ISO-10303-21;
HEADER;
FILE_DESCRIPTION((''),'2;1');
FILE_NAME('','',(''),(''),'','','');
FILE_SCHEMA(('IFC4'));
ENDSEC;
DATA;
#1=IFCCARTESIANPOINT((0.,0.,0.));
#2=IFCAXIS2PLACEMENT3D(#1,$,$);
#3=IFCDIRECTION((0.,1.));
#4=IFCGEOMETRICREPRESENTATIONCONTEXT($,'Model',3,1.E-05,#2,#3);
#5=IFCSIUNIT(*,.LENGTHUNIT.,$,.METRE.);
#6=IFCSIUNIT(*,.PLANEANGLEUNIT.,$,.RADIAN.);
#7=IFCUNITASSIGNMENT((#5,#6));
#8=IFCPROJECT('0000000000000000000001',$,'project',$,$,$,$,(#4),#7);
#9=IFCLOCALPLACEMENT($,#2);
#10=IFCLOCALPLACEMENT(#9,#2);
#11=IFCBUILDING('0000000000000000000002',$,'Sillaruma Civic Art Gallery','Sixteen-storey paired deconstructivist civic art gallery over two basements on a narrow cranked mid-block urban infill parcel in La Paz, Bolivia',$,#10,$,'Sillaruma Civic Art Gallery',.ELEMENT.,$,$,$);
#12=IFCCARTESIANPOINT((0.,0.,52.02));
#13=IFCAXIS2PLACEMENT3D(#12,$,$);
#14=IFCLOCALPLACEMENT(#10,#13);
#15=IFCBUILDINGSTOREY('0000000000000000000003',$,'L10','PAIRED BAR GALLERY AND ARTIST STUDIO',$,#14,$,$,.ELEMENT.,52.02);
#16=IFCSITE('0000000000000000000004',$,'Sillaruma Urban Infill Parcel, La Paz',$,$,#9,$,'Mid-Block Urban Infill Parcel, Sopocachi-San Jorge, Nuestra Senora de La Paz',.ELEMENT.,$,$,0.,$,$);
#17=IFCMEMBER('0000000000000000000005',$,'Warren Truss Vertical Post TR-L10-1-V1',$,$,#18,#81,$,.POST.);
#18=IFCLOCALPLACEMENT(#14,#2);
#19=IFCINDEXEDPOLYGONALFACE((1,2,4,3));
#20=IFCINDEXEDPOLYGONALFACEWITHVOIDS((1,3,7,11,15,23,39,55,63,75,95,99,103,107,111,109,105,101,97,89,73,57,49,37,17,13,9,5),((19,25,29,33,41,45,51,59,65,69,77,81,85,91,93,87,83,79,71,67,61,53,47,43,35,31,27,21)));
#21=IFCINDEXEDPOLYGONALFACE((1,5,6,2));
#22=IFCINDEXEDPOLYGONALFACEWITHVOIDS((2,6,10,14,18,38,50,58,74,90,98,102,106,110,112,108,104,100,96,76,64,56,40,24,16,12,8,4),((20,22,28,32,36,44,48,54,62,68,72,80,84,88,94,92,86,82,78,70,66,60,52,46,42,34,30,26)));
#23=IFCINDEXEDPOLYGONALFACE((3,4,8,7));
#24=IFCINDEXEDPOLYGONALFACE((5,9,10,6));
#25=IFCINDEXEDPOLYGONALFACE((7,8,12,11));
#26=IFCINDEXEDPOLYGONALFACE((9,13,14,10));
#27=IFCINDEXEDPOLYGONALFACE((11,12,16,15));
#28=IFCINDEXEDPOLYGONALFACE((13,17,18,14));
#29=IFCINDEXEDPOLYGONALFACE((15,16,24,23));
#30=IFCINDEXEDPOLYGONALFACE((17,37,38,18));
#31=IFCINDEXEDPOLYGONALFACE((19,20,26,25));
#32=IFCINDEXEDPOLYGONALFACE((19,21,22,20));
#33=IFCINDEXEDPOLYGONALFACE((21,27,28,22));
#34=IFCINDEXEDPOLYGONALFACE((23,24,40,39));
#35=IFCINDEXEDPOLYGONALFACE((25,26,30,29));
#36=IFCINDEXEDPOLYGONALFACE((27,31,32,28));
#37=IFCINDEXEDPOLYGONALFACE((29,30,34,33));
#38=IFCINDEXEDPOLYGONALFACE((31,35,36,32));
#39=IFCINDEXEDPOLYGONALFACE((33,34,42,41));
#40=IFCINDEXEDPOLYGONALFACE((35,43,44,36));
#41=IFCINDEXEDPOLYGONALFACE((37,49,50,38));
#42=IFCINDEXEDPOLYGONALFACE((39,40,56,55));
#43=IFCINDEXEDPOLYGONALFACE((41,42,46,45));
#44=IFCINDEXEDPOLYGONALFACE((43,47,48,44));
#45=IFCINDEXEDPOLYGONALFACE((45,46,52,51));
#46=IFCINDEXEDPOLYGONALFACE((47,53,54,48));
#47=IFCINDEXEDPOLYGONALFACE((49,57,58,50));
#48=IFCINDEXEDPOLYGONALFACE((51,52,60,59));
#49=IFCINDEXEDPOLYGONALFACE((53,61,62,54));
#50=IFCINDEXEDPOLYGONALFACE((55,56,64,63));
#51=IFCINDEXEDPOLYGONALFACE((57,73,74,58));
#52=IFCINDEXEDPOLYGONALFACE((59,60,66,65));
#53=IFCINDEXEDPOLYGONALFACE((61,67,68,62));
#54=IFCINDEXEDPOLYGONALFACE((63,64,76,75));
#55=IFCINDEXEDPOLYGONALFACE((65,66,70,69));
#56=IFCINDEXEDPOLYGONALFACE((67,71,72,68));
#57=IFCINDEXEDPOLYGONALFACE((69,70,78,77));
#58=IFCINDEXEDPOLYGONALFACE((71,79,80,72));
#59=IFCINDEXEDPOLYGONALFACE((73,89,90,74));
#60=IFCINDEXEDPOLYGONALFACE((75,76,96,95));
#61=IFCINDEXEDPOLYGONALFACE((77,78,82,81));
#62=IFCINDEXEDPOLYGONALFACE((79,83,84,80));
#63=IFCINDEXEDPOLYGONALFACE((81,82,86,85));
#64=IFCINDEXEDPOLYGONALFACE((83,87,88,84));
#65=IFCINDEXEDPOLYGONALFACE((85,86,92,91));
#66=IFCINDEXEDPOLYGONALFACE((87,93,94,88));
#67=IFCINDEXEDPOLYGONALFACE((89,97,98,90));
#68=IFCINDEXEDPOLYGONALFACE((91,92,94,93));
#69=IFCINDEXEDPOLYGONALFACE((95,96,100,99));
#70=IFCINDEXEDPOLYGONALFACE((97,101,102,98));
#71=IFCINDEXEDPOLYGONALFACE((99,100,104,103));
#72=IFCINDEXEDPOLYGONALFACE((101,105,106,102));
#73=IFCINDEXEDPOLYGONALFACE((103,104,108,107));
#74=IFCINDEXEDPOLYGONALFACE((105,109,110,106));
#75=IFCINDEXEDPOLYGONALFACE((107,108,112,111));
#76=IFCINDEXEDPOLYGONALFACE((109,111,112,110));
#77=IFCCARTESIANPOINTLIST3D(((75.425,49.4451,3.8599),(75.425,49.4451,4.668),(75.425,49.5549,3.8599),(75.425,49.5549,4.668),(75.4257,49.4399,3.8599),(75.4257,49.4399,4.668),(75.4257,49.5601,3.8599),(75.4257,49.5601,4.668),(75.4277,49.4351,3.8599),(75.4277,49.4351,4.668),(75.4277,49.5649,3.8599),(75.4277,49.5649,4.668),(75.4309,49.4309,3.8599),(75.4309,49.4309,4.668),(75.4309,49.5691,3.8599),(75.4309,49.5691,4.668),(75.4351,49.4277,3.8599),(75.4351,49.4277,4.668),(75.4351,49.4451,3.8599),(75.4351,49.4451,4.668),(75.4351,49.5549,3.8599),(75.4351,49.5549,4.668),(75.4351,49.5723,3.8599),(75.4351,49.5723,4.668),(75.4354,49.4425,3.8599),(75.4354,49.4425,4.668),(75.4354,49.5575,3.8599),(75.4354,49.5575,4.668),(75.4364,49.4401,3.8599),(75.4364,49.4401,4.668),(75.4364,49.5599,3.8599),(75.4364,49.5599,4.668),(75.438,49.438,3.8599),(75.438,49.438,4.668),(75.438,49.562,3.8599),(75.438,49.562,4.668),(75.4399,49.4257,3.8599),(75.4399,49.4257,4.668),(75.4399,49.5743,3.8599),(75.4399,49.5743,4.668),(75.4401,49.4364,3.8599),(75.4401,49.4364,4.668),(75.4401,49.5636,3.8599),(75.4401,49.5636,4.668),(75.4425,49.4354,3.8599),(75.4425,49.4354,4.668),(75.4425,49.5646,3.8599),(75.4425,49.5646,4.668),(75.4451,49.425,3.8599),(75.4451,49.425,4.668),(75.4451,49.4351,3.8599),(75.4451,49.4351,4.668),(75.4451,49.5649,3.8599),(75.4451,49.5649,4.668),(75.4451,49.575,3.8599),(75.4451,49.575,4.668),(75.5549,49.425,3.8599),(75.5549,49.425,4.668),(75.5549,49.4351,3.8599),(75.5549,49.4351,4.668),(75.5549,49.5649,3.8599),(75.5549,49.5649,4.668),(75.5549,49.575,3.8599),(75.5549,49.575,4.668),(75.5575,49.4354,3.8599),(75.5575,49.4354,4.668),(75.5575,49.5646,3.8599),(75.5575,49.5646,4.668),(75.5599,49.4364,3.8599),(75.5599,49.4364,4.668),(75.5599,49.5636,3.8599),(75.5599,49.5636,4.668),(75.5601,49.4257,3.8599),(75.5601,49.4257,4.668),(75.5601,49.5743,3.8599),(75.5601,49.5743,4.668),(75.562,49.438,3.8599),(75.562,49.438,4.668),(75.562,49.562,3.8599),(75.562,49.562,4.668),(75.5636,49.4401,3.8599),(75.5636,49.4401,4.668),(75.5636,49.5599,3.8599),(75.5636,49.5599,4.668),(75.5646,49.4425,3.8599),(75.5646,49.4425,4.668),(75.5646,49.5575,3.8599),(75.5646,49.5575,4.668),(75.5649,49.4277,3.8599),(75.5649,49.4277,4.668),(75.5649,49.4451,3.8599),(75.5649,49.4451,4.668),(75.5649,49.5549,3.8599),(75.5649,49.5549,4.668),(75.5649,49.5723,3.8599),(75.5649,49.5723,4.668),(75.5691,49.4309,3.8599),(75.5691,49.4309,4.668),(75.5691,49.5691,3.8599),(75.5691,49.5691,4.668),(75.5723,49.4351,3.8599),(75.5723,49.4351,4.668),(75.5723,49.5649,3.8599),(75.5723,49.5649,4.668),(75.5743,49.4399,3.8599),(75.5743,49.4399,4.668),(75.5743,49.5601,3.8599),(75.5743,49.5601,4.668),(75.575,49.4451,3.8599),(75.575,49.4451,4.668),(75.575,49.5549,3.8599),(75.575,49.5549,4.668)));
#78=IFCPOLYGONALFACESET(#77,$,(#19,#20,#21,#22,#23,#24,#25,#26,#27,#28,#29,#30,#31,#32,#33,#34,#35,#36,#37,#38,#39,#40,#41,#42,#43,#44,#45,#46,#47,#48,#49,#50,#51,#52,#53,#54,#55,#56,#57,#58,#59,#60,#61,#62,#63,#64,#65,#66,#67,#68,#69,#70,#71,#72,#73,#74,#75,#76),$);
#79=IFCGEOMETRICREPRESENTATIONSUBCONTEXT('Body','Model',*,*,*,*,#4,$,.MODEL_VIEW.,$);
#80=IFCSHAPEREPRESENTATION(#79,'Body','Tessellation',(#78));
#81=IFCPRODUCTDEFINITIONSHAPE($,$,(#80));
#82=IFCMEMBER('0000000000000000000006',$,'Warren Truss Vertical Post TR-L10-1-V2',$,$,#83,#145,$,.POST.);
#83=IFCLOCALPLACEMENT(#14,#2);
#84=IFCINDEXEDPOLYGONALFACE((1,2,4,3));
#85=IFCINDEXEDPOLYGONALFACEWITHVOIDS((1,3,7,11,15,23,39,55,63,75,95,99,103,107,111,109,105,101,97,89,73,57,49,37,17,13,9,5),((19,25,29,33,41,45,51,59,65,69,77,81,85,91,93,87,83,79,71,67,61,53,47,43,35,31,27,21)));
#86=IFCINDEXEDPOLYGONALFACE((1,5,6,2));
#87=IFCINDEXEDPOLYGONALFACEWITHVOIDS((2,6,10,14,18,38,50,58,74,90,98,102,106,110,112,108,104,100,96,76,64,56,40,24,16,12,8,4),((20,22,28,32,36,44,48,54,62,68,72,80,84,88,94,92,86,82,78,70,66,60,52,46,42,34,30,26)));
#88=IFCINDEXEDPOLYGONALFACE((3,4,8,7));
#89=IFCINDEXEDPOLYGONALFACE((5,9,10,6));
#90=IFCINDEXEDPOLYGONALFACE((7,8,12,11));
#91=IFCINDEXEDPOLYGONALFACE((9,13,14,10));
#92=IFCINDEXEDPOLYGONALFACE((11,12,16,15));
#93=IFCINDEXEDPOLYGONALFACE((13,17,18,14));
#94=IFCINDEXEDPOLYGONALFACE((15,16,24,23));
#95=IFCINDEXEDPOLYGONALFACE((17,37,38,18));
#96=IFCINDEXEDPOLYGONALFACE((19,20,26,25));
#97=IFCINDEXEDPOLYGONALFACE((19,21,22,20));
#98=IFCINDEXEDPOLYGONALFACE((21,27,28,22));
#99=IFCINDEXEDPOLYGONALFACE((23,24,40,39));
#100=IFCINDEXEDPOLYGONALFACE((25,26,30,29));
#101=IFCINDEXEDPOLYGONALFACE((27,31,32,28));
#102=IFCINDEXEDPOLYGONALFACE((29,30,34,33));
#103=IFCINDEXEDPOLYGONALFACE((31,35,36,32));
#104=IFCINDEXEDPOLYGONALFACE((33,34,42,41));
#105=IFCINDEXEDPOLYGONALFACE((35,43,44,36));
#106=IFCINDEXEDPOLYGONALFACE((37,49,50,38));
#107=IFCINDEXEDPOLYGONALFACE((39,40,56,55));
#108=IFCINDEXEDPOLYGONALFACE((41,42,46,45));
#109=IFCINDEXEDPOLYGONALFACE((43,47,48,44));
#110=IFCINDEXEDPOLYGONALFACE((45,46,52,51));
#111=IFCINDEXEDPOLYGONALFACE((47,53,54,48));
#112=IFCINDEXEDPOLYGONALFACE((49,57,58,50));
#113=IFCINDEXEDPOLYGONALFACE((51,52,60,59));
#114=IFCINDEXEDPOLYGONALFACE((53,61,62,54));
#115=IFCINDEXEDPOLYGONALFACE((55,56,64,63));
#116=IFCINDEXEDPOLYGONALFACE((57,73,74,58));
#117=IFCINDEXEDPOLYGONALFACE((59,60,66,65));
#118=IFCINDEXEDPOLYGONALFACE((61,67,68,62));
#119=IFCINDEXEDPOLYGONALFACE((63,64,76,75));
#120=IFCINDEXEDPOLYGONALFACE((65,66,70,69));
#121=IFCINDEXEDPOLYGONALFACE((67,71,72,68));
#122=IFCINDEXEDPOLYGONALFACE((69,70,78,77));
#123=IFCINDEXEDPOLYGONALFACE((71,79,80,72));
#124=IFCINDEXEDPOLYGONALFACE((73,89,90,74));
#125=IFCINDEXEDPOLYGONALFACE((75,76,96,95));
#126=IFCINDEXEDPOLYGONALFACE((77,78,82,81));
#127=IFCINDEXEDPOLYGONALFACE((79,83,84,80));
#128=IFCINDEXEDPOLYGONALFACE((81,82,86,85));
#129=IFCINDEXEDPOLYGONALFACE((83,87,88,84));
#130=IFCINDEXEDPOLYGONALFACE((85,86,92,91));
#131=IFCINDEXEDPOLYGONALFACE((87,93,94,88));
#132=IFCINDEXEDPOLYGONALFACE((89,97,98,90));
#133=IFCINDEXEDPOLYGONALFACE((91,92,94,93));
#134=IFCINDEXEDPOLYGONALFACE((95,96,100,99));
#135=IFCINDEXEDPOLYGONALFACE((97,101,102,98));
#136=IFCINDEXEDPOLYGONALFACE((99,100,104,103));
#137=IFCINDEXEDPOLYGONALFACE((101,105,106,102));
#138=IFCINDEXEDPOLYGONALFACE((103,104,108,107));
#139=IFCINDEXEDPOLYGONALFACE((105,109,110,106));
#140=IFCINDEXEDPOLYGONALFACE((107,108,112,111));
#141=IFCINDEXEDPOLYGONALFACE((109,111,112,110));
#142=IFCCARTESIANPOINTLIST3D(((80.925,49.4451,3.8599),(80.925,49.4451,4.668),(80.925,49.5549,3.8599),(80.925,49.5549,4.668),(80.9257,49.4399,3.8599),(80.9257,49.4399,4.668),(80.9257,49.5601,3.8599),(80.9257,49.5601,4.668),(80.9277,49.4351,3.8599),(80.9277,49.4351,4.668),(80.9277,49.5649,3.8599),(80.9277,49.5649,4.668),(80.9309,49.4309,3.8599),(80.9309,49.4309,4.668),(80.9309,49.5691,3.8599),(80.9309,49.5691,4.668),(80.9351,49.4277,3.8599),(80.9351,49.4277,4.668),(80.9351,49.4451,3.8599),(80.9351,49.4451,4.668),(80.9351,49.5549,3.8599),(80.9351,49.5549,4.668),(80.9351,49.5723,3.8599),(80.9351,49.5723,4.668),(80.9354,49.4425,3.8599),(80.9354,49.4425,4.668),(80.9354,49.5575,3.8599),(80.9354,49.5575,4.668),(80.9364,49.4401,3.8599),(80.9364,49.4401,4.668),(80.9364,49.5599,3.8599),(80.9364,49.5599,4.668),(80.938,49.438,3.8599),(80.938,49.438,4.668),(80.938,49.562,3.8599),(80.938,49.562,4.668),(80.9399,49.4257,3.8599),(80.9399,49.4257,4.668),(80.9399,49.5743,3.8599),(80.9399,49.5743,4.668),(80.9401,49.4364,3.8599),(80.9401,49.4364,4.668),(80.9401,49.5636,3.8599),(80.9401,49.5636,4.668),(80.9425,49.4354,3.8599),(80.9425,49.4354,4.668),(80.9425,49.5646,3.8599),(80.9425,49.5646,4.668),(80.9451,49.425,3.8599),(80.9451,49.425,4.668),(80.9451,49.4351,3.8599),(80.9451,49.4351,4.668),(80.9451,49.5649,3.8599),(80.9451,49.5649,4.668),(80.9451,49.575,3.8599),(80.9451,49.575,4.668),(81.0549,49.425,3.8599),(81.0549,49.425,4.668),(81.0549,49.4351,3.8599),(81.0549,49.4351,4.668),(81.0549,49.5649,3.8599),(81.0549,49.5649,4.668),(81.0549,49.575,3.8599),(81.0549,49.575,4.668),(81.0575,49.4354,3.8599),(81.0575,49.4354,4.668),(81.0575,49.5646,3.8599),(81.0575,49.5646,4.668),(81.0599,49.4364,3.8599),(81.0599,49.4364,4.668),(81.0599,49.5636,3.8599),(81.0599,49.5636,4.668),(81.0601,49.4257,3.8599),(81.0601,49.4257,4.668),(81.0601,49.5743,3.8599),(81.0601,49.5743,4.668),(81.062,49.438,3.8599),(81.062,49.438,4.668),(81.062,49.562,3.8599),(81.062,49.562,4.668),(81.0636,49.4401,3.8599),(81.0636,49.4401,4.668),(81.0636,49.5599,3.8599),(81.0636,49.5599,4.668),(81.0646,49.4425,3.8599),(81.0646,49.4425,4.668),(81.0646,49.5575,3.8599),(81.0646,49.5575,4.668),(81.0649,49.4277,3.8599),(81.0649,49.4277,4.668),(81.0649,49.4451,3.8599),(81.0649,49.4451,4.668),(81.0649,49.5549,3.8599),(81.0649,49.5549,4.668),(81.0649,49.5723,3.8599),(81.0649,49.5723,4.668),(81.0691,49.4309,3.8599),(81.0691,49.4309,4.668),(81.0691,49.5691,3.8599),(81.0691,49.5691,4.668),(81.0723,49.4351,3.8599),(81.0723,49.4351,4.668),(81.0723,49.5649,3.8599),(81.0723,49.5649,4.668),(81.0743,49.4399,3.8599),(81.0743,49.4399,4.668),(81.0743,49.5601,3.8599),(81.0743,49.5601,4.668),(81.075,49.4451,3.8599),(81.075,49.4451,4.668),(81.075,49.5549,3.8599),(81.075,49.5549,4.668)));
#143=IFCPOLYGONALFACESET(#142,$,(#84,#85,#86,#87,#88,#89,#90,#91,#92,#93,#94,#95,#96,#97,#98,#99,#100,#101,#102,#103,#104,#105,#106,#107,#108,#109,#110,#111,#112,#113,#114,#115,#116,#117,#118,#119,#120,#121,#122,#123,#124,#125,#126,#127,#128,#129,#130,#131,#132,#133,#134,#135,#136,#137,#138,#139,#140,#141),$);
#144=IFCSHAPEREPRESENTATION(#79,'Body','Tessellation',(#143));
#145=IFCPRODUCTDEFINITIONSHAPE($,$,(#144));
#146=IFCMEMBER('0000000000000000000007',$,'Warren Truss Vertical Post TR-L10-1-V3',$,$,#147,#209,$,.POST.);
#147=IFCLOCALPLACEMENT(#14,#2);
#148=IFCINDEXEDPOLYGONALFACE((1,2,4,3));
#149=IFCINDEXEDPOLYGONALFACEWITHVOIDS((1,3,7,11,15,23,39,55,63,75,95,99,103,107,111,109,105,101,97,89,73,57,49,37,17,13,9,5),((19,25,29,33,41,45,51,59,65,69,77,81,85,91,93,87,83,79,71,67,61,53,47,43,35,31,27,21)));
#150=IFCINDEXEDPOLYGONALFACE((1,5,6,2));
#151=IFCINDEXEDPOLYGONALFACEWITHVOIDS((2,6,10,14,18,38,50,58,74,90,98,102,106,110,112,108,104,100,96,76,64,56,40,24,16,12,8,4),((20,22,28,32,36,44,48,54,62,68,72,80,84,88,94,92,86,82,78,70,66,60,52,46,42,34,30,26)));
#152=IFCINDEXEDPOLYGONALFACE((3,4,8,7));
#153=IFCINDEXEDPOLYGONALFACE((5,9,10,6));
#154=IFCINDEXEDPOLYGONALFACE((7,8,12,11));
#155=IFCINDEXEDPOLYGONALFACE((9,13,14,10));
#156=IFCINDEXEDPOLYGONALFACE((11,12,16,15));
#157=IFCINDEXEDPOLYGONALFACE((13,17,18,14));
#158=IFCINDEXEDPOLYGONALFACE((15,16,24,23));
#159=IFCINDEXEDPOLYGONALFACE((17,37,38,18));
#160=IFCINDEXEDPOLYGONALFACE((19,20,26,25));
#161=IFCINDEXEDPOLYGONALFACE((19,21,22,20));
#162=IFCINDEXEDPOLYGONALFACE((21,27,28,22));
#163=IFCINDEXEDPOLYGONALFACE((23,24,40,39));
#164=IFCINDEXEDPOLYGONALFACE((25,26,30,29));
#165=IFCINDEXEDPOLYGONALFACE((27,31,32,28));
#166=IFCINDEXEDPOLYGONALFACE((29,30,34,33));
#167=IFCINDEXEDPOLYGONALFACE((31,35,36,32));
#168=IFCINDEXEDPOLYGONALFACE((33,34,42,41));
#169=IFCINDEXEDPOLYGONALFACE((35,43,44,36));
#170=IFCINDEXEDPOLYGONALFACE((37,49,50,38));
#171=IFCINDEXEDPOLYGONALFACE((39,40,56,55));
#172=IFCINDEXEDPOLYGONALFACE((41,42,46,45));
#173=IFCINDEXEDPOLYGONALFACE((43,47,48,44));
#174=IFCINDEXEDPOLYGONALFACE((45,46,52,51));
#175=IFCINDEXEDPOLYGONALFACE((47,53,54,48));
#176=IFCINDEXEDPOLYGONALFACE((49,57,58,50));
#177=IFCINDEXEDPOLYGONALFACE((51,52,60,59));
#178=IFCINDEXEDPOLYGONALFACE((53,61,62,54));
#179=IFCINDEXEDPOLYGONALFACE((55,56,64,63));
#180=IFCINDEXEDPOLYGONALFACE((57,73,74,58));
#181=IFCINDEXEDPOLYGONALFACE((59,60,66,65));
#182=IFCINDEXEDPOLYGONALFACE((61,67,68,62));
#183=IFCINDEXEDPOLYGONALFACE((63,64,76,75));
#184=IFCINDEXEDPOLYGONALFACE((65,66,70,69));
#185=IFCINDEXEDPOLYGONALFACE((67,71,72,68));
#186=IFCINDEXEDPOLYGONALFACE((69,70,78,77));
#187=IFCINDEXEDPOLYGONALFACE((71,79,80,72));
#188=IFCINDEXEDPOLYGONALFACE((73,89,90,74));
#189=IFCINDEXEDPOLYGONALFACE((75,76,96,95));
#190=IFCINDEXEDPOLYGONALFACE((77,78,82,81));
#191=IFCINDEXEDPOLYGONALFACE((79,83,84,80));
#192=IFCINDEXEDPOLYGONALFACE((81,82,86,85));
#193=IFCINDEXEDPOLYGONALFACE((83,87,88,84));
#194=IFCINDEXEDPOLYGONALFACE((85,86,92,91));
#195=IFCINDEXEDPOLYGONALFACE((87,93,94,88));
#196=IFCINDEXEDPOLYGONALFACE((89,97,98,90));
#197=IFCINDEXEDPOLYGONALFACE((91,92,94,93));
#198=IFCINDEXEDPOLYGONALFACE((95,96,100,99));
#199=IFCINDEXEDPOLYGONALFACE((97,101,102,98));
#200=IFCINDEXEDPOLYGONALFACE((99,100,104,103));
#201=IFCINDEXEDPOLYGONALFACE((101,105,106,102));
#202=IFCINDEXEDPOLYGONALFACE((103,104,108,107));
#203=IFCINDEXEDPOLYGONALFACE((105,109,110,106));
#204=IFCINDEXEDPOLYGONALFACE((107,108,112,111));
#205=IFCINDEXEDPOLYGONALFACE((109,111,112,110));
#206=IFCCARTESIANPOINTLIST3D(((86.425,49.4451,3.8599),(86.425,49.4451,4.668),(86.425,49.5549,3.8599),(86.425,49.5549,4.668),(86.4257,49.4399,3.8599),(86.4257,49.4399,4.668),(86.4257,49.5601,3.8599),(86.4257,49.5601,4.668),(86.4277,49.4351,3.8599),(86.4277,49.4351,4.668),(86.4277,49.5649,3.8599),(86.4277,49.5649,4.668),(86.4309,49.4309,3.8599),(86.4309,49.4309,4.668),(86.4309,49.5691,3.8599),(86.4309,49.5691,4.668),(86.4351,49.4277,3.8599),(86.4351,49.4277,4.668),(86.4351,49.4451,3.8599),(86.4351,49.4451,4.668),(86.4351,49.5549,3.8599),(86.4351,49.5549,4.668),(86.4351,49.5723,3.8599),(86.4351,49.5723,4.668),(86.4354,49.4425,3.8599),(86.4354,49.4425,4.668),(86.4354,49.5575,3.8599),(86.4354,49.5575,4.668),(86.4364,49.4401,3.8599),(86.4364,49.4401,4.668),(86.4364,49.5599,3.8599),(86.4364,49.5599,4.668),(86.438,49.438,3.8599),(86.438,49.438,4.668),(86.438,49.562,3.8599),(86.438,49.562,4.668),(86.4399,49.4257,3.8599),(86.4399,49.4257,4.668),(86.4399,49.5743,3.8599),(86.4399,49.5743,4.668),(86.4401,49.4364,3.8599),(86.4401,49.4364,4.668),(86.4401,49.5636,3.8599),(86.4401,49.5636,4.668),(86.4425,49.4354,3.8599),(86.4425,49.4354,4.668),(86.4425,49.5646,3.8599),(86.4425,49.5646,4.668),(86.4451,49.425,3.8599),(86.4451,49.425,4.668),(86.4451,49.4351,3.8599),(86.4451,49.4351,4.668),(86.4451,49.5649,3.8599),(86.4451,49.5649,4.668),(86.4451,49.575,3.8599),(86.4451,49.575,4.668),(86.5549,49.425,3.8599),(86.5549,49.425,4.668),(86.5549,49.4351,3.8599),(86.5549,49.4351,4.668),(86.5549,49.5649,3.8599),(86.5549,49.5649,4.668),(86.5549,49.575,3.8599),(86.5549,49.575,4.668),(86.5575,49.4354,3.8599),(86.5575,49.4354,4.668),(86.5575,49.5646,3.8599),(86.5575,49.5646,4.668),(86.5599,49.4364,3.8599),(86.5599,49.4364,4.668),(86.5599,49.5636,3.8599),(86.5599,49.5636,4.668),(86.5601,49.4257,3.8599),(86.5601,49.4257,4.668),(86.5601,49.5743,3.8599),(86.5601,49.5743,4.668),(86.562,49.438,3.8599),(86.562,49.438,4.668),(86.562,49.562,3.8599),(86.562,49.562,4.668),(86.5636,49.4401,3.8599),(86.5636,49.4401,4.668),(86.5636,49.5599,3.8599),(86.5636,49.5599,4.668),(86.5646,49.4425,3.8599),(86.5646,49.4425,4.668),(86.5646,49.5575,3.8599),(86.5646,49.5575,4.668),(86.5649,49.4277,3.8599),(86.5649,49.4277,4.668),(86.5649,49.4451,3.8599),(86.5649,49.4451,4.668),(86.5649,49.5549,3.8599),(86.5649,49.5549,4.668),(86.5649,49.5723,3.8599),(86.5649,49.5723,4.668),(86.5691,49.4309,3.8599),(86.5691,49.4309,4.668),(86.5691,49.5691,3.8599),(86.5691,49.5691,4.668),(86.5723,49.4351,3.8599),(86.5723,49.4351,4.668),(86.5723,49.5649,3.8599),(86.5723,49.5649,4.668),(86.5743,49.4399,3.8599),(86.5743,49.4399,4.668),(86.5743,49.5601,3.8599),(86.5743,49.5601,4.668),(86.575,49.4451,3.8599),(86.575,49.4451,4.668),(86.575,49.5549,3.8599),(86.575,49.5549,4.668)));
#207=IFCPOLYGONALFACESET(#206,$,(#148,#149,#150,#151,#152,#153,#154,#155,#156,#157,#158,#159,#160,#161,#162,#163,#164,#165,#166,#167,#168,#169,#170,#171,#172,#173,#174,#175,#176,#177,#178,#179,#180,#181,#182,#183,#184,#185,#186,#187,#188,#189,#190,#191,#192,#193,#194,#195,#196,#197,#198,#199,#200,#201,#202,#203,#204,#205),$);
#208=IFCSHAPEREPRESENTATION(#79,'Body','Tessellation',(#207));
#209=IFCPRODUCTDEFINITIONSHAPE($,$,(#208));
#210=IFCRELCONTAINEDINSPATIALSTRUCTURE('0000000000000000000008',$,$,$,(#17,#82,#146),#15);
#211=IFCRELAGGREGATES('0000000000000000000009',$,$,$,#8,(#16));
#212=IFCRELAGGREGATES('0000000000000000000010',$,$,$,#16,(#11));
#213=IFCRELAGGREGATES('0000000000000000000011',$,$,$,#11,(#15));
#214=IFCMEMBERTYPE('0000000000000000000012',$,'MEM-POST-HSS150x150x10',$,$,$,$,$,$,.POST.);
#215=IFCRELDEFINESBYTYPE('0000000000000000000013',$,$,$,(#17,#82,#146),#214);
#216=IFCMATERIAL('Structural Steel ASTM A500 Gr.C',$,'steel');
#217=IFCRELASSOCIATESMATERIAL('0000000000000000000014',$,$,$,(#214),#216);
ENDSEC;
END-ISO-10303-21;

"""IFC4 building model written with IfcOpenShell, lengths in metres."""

from ifc_helpers import new_model, si_unit, direction, frame, origin, origin_2d, place, context, subcontext, project, spatial, hollow_rectangle, extrude, material, material_profile, profile_set, type_object, element, save


model = new_model("IFC4")

# Units and contexts
model_context = context("Model", 3, precision=1e-05, world=origin(), true_north=direction((0.0, 1.0)))
body_context = subcontext(model_context, "Body", "Model", "MODEL_VIEW")
ifc_project = project(units=[si_unit("LENGTHUNIT", "METRE"), si_unit("PLANEANGLEUNIT", "RADIAN")], contexts=[model_context])

# Site, building, storey
site_placement = place(None, origin())
site = spatial("IfcSite", under=ifc_project, at=site_placement, Name="Sillaruma Urban Infill Parcel, La Paz", LongName="Mid-Block Urban Infill Parcel, Sopocachi-San Jorge, Nuestra Senora de La Paz", CompositionType="ELEMENT", RefElevation=0.0)
building_placement = place(site_placement, origin())
building = spatial("IfcBuilding", under=site, at=building_placement, Name="Sillaruma Civic Art Gallery", Description="Sixteen-storey paired deconstructivist civic art gallery over two basements on a narrow cranked mid-block urban infill parcel in La Paz, Bolivia", LongName="Sillaruma Civic Art Gallery", CompositionType="ELEMENT")
storey_placement = place(building_placement, frame((0.0, 0.0, 52.02)))
storey = spatial("IfcBuildingStorey", under=building, at=storey_placement, Name="L10", Description="PAIRED BAR GALLERY AND ARTIST STUDIO", CompositionType="ELEMENT", Elevation=52.02)

# Members
ifc_material_1 = material(Name="Structural Steel ASTM A500 Gr.C", Category="steel")
ifc_material_profile_1 = material_profile(ifc_material_1, hollow_rectangle(XDim=0.1499, YDim=0.1499, WallThickness=0.01, InnerFilletRadius=0.01, OuterFilletRadius=0.02, at=origin_2d()), Name="HSS150x150x10")
ifc_profile_set_1 = profile_set([ifc_material_profile_1], Name="Structural Steel ASTM A500 Gr.C")
member_type_1 = type_object("IfcMemberType", Name="MEM-POST-HSS150x150x10", PredefinedType="POST", material=ifc_profile_set_1)
for number, where, z_axis, x_axis, name in (
    (1, (75.5, 49.5, 3.8599), (0.0, 0.0, 1.0), (1.0, 0.0, 0.0), "Warren Truss Vertical Post TR-L10-1-V1"),
    (2, (81.0, 49.5, 3.8599), (0.0, 0.0, 1.0), (1.0, 0.0, 0.0), "Warren Truss Vertical Post TR-L10-1-V2"),
    (3, (86.5, 49.5, 3.8599), (0.0, 0.0, 1.0), (1.0, 0.0, 0.0), "Warren Truss Vertical Post TR-L10-1-V3"),
):
    element("IfcMember", number, at=place(storey_placement, frame(where, z_axis=z_axis, x_axis=x_axis)), inside=storey, type_object=member_type_1, Name=name, PredefinedType="POST", context=body_context, shape_type="SweptSolid", body=[
        extrude(hollow_rectangle(XDim=0.1499, YDim=0.1499, WallThickness=0.01, InnerFilletRadius=0.01, OuterFilletRadius=0.02, at=origin_2d()), origin(), (0.0, 0.0, 1.0), 0.8081),
    ])

save(model, "model.ifc")
